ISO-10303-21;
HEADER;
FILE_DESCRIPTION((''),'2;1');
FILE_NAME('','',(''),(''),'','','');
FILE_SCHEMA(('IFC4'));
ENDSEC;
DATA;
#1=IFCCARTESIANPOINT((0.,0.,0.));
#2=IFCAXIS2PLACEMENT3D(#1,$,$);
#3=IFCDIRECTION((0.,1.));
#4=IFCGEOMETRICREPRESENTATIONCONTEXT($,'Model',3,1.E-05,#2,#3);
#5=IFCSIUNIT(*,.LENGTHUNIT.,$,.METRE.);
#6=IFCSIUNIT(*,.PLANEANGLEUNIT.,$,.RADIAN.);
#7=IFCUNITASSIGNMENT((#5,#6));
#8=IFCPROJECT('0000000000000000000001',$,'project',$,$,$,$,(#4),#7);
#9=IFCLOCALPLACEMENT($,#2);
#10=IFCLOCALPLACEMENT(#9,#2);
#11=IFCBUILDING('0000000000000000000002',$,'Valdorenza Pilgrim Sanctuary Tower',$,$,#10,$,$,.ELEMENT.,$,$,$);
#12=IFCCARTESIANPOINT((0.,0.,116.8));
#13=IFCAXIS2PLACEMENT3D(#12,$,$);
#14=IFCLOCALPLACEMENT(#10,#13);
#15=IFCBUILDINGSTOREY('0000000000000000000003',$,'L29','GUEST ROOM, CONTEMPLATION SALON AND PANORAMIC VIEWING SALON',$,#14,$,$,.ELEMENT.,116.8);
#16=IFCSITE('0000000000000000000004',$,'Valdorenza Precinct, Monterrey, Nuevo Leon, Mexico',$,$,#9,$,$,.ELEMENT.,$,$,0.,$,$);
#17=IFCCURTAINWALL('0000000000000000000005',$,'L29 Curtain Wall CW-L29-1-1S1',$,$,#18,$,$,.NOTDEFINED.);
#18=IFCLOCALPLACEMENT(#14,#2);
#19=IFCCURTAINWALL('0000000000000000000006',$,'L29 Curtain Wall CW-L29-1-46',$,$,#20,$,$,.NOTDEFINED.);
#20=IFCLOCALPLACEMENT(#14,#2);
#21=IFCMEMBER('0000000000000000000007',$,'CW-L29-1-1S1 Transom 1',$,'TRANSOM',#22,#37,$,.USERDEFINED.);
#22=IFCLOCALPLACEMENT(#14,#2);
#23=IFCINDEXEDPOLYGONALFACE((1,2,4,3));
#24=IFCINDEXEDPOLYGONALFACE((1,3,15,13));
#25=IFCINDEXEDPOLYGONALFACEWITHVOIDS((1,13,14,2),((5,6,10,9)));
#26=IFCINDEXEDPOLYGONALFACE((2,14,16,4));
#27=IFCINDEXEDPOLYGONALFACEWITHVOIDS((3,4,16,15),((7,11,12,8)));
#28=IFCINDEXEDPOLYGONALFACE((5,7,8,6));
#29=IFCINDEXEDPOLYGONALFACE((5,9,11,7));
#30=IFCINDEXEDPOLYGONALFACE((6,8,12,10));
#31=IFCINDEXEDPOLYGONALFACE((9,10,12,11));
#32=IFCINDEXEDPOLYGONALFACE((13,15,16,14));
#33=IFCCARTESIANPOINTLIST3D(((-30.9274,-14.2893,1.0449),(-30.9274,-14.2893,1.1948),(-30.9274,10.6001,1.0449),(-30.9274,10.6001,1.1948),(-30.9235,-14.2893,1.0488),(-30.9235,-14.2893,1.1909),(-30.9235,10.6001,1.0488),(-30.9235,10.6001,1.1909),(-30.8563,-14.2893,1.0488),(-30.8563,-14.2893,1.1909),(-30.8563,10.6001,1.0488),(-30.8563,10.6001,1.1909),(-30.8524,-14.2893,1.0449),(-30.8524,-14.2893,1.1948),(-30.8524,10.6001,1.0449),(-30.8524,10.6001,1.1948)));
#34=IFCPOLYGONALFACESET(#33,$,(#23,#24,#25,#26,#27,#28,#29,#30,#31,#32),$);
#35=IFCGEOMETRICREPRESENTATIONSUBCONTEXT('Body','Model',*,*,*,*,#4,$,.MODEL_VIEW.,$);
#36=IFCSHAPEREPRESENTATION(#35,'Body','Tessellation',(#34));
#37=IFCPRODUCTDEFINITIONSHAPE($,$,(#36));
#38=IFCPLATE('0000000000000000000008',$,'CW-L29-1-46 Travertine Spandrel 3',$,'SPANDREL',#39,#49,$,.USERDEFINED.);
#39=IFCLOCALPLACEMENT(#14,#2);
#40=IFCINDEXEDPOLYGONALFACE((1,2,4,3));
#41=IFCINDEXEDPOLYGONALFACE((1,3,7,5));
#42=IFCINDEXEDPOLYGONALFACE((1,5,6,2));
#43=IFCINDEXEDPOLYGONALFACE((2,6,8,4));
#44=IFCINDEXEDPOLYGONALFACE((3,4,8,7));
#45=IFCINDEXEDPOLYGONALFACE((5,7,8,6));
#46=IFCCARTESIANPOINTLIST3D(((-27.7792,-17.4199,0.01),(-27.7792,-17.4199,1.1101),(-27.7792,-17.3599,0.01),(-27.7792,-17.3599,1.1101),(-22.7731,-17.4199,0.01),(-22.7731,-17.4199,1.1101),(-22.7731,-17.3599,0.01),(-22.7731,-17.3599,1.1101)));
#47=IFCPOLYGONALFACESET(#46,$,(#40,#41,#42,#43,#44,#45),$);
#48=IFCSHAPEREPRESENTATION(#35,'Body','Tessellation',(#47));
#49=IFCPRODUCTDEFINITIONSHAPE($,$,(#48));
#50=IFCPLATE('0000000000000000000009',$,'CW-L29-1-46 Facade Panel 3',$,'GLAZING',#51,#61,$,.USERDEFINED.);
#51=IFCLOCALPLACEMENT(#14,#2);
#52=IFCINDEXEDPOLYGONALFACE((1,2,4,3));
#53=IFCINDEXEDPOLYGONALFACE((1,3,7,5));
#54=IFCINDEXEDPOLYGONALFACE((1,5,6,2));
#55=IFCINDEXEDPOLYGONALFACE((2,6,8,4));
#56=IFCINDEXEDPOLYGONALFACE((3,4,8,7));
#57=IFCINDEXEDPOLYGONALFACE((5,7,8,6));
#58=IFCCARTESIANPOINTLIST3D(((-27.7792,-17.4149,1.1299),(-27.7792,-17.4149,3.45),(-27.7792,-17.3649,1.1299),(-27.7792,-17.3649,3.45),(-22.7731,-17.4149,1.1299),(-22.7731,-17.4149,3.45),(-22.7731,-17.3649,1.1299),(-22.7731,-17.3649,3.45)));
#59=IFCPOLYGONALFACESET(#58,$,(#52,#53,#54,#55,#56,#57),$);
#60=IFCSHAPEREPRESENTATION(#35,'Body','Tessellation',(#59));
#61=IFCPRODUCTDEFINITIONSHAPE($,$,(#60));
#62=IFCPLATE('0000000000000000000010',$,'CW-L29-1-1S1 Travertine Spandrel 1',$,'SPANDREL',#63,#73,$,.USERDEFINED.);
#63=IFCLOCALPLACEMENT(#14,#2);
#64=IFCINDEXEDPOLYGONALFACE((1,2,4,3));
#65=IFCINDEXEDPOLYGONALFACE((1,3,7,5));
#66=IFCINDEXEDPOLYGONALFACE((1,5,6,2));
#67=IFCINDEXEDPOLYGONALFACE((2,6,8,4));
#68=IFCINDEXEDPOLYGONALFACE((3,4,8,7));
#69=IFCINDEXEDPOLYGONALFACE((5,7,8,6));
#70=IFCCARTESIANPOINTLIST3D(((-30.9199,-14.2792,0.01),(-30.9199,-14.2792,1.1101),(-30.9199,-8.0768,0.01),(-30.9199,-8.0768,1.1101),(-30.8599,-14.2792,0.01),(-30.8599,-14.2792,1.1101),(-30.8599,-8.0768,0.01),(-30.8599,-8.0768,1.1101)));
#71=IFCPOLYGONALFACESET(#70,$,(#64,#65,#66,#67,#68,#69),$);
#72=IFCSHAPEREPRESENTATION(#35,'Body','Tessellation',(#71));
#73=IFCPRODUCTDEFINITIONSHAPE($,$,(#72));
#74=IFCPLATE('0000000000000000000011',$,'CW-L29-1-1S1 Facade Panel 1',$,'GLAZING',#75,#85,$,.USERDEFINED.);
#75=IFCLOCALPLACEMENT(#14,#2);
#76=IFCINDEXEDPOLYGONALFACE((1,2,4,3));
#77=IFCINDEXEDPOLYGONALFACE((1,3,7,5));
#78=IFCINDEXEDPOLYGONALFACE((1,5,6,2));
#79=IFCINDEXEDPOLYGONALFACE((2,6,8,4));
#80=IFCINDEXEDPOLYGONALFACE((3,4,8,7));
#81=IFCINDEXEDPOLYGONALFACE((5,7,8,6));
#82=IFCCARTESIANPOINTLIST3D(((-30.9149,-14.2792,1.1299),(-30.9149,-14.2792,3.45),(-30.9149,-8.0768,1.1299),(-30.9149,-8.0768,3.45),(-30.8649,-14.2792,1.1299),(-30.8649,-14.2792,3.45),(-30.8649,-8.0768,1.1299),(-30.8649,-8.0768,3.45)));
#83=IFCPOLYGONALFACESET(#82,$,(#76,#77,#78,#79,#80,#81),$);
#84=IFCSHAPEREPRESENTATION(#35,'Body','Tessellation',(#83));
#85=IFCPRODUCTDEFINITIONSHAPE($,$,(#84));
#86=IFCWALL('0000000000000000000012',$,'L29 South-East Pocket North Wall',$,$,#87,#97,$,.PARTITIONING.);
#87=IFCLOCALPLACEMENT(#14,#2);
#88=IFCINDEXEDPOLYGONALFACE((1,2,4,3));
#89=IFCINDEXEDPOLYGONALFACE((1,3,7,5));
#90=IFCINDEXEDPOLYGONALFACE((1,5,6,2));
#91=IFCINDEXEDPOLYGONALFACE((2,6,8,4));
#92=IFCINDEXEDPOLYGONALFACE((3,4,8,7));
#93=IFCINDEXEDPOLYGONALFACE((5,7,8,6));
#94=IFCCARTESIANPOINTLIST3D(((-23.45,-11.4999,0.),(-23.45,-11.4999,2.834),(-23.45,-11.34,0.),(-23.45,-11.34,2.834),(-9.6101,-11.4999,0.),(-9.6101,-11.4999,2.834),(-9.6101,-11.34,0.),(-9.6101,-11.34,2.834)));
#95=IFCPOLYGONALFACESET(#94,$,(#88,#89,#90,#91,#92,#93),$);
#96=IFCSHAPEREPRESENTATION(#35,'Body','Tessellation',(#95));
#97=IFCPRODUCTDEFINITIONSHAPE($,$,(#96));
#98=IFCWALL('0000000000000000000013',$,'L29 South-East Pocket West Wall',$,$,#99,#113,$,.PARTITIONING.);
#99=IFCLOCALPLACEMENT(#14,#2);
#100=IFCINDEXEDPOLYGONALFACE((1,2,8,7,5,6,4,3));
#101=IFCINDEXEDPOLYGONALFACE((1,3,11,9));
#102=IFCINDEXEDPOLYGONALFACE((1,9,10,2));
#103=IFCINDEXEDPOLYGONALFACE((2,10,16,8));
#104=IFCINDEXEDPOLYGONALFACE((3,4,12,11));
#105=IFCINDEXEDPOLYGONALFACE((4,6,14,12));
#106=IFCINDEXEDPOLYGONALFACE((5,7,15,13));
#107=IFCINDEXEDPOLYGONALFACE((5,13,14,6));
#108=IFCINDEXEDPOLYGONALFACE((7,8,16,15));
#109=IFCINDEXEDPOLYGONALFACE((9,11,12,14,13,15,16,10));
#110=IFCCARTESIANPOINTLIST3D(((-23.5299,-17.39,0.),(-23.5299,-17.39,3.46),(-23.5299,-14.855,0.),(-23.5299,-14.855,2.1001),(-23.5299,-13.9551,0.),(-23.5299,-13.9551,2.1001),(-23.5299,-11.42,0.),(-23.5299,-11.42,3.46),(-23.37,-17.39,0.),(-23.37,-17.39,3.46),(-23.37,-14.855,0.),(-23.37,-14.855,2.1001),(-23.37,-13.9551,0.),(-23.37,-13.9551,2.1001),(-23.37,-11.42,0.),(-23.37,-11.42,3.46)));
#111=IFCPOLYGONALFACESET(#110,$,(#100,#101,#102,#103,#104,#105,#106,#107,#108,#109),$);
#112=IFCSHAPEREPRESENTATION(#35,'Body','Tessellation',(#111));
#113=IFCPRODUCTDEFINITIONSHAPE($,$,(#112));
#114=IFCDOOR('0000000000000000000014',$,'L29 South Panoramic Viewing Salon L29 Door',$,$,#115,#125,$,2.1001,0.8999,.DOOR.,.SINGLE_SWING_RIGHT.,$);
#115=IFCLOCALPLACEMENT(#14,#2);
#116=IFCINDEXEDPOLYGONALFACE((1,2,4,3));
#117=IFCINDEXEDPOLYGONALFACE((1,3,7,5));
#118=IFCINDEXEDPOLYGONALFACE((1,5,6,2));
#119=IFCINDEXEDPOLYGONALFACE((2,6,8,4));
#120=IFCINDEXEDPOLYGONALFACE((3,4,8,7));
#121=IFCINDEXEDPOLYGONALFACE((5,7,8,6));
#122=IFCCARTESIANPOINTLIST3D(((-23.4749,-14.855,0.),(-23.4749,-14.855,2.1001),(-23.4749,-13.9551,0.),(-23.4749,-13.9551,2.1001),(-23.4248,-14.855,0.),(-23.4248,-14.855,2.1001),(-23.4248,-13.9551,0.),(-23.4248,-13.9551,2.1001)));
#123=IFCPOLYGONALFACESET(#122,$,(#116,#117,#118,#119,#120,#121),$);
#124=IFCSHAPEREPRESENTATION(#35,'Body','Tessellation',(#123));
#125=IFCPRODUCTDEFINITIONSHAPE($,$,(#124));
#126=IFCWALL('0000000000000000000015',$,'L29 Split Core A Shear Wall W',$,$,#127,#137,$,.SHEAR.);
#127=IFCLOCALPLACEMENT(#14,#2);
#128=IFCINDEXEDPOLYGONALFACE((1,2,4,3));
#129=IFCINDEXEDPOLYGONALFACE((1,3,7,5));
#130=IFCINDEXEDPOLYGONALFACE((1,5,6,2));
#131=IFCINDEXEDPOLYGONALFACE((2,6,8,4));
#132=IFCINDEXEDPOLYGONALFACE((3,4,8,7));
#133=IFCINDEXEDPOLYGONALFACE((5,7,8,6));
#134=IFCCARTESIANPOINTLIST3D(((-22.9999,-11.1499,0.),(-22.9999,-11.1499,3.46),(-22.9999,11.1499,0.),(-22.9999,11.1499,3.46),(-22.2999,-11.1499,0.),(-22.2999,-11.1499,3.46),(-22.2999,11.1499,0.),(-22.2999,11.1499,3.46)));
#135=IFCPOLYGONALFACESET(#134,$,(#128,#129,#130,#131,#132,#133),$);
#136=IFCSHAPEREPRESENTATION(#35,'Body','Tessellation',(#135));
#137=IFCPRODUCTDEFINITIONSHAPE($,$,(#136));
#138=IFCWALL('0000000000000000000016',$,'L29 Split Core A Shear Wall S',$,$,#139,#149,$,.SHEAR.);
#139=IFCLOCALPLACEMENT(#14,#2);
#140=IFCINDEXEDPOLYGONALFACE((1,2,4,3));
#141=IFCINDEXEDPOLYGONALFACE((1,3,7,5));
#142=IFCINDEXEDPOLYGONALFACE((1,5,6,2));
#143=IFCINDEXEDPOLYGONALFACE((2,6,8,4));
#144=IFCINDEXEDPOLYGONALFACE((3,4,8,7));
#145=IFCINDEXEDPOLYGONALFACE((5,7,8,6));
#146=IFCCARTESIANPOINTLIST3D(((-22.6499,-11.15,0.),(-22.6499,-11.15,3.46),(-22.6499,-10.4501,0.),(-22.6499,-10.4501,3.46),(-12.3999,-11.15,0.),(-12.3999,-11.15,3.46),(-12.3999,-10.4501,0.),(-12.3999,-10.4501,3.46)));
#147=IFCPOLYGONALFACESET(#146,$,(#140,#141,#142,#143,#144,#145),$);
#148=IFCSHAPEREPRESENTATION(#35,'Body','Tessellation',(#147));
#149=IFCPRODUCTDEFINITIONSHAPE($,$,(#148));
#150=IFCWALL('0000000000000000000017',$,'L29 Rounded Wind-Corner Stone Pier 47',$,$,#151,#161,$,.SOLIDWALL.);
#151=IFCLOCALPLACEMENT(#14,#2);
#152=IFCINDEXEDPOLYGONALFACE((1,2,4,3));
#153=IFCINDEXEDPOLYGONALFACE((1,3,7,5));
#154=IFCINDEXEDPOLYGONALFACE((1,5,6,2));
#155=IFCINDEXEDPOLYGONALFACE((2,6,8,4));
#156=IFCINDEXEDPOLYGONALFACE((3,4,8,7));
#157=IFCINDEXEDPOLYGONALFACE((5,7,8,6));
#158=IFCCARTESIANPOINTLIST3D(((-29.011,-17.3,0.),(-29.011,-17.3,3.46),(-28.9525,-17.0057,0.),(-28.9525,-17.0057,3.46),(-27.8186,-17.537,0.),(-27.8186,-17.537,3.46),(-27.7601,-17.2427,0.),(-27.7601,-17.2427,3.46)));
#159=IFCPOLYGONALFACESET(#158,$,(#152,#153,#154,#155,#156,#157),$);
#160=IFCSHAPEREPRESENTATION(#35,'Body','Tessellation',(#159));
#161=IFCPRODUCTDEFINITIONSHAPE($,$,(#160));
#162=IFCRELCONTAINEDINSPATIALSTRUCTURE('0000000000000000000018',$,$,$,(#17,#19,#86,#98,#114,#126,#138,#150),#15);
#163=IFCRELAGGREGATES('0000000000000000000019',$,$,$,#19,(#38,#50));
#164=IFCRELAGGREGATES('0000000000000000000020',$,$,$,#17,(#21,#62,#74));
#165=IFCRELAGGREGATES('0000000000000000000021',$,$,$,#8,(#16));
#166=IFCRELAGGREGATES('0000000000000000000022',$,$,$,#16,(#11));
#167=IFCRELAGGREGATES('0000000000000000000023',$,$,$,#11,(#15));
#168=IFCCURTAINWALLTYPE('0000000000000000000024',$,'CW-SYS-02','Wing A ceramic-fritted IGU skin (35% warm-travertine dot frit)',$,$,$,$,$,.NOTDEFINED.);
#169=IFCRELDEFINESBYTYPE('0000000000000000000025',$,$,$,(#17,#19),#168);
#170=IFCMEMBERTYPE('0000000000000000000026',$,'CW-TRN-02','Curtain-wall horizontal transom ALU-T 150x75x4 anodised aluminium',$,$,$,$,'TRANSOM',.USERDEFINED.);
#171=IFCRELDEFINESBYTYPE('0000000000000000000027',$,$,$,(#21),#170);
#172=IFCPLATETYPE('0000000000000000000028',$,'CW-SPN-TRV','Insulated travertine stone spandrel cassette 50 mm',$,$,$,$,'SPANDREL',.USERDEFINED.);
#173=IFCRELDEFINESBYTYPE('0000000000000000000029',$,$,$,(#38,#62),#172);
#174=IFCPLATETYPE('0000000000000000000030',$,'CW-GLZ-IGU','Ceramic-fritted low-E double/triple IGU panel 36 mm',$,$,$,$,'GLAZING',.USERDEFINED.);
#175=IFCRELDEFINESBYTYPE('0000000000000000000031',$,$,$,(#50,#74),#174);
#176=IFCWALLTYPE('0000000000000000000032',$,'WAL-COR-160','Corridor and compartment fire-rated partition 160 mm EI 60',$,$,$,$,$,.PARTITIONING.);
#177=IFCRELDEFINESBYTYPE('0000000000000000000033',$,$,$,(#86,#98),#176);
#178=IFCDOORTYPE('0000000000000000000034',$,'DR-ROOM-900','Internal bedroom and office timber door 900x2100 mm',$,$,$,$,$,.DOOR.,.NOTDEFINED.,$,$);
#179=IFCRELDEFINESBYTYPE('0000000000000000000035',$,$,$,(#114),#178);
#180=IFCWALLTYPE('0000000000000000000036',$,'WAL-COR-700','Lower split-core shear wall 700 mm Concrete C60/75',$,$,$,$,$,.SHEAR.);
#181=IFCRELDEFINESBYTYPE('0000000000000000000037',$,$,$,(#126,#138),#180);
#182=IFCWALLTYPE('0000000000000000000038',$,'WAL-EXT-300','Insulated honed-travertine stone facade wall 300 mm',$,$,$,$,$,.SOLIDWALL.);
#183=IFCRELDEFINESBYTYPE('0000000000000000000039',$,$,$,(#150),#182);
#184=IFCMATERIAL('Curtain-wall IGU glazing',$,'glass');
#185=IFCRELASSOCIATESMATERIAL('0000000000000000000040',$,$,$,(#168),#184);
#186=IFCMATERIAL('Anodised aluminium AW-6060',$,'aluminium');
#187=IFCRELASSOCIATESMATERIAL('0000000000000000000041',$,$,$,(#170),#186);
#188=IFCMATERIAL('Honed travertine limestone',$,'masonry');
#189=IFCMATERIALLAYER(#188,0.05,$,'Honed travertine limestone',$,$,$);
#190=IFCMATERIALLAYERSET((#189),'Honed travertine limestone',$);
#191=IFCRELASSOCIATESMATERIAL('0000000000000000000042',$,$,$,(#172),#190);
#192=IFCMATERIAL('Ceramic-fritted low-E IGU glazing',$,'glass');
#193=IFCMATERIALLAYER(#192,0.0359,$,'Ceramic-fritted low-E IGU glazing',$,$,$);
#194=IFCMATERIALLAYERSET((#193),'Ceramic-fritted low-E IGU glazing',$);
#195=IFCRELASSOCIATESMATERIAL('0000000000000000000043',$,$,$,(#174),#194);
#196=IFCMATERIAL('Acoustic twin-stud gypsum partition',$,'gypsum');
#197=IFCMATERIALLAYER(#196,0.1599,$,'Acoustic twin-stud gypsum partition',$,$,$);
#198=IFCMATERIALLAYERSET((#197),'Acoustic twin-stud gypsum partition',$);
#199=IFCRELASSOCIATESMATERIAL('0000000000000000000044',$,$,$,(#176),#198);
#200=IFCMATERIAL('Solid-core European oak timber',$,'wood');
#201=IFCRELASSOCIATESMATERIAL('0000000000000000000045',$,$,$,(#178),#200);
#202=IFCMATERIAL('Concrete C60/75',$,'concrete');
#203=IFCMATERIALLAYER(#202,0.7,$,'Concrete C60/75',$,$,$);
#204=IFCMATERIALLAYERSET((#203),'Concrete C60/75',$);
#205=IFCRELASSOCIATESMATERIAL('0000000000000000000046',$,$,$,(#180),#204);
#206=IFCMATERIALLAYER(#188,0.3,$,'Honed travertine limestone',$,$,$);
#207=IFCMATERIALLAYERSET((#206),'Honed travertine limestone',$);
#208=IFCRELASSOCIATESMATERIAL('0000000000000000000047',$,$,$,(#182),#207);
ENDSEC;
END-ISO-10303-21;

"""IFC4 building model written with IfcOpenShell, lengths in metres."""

from ifc_helpers import new_model, si_unit, direction, frame, frame_2d, origin, origin_2d, place, context, subcontext, project, spatial, rectangle, hollow_rectangle, extrude, source, transform, mapped, material, layer, layer_set, material_profile, profile_set, type_object, element, fill, aggregate, save


model = new_model("IFC4")

# Units and contexts
model_context = context("Model", 3, precision=1e-05, world=origin(), true_north=direction((0.0, 1.0)))
body_context = subcontext(model_context, "Body", "Model", "MODEL_VIEW")
ifc_project = project(units=[si_unit("LENGTHUNIT", "METRE"), si_unit("PLANEANGLEUNIT", "RADIAN")], contexts=[model_context])

# Site, building, storey
site_placement = place(None, origin())
site = spatial("IfcSite", under=ifc_project, at=site_placement, Name="Valdorenza Precinct, Monterrey, Nuevo Leon, Mexico", CompositionType="ELEMENT", RefElevation=0.0)
building_placement = place(site_placement, origin())
building = spatial("IfcBuilding", under=site, at=building_placement, Name="Valdorenza Pilgrim Sanctuary Tower", CompositionType="ELEMENT")
storey_placement = place(building_placement, frame((0.0, 0.0, 116.8)))
storey = spatial("IfcBuildingStorey", under=building, at=storey_placement, Name="L29", Description="GUEST ROOM, CONTEMPLATION SALON AND PANORAMIC VIEWING SALON", CompositionType="ELEMENT", Elevation=116.8)

# Shared definitions
ifc_material_1 = material(Name="Concrete C60/75", Category="concrete")

# Curtain wall
ifc_material_2 = material(Name="Curtain-wall IGU glazing", Category="glass")
curtain_wall_type = type_object("IfcCurtainWallType", Name="CW-SYS-02", Description="Wing A ceramic-fritted IGU skin (35% warm-travertine dot frit)", PredefinedType="NOTDEFINED", material=ifc_material_2)
curtain_wall_1_placement = place(storey_placement, origin())
curtain_wall_1 = element("IfcCurtainWall", 1, at=curtain_wall_1_placement, inside=storey, type_object=curtain_wall_type, Name="L29 Curtain Wall CW-L29-1-1S1", PredefinedType="NOTDEFINED")
ifc_material_3 = material(Name="Anodised aluminium AW-6060", Category="aluminium")

# Curtain wall
curtain_wall_2_placement = place(storey_placement, origin())
curtain_wall_2 = element("IfcCurtainWall", 2, at=curtain_wall_2_placement, inside=storey, type_object=curtain_wall_type, Name="L29 Curtain Wall CW-L29-1-46", PredefinedType="NOTDEFINED")

# Member
ifc_material_profile_1 = material_profile(ifc_material_3, hollow_rectangle(XDim=0.075, YDim=0.1499, WallThickness=0.0039, at=origin_2d()), Name="ALU-T 150x75x4")
ifc_profile_set_1 = profile_set([ifc_material_profile_1], Name="Anodised aluminium AW-6060")
member_type_1 = type_object("IfcMemberType", Name="CW-TRN-02", Description="Curtain-wall horizontal transom ALU-T 150x75x4 anodised aluminium", ElementType="TRANSOM", PredefinedType="USERDEFINED", material=ifc_profile_set_1)
shared_shape_1 = source(origin(), body_context, "Body", "SweptSolid", [
    extrude(hollow_rectangle(XDim=0.075, YDim=0.1499, WallThickness=0.0039, at=origin_2d()), origin(), (0.0, 0.0, 1.0), 24.8894),
])
member_1_placement = place(storey_placement, frame((-30.8899, -14.2893, 1.1199), z_axis=(0.0, 1.0, 0.0), x_axis=(-1.0, 0.0, 0.0)))
member_1 = element("IfcMember", 3, at=member_1_placement, type_object=member_type_1, Name="CW-L29-1-1S1 Transom 1", ObjectType="TRANSOM", PredefinedType="USERDEFINED", context=body_context, shape_type="MappedRepresentation", body=[
    mapped(shared_shape_1, transform((0.0, 0.0, 0.0), x_axis=(1.0, 0.0, 0.0), y_axis=(0.0, 1.0, 0.0), z_axis=(0.0, 0.0, 1.0), scale=1.0)),
])

# Plates
ifc_material_4 = material(Name="Honed travertine limestone", Category="masonry")
ifc_layer_1 = layer(ifc_material_4, 0.05, Name="Honed travertine limestone")
ifc_layer_set_1 = layer_set([ifc_layer_1], Name="Honed travertine limestone")
plate_type_1 = type_object("IfcPlateType", Name="CW-SPN-TRV", Description="Insulated travertine stone spandrel cassette 50 mm", ElementType="SPANDREL", PredefinedType="USERDEFINED", material=ifc_layer_set_1)
shared_shape_2 = source(origin(), body_context, "Body", "SweptSolid", [
    extrude(rectangle(XDim=5.0061, YDim=0.0601, at=origin_2d()), origin(), (0.0, 0.0, 1.0), 1.1001),
])
plate_1_placement = place(storey_placement, frame((-25.2761, -17.3899, 0.01), z_axis=(0.0, 0.0, 1.0), x_axis=(-1.0, 0.0, 0.0)))
plate_1 = element("IfcPlate", 4, at=plate_1_placement, type_object=plate_type_1, Name="CW-L29-1-46 Travertine Spandrel 3", ObjectType="SPANDREL", PredefinedType="USERDEFINED", context=body_context, shape_type="MappedRepresentation", body=[
    mapped(shared_shape_2, transform((0.0, 0.0, 0.0), x_axis=(1.0, 0.0, 0.0), y_axis=(0.0, 1.0, 0.0), z_axis=(0.0, 0.0, 1.0), scale=1.0)),
])
ifc_material_5 = material(Name="Ceramic-fritted low-E IGU glazing", Category="glass")
ifc_layer_2 = layer(ifc_material_5, 0.0359, Name="Ceramic-fritted low-E IGU glazing")
ifc_layer_set_2 = layer_set([ifc_layer_2], Name="Ceramic-fritted low-E IGU glazing")
plate_type_2 = type_object("IfcPlateType", Name="CW-GLZ-IGU", Description="Ceramic-fritted low-E double/triple IGU panel 36 mm", ElementType="GLAZING", PredefinedType="USERDEFINED", material=ifc_layer_set_2)
shared_shape_3 = source(origin(), body_context, "Body", "SweptSolid", [
    extrude(rectangle(XDim=5.0061, YDim=0.05, at=origin_2d()), origin(), (0.0, 0.0, 1.0), 2.3201),
])
plate_2_placement = place(storey_placement, frame((-25.2761, -17.3899, 1.1299), z_axis=(0.0, 0.0, 1.0), x_axis=(-1.0, 0.0, 0.0)))
plate_2 = element("IfcPlate", 5, at=plate_2_placement, type_object=plate_type_2, Name="CW-L29-1-46 Facade Panel 3", ObjectType="GLAZING", PredefinedType="USERDEFINED", context=body_context, shape_type="MappedRepresentation", body=[
    mapped(shared_shape_3, transform((0.0, 0.0, 0.0), x_axis=(1.0, 0.0, 0.0), y_axis=(0.0, 1.0, 0.0), z_axis=(0.0, 0.0, 1.0), scale=1.0)),
])
aggregate(curtain_wall_2, [plate_1, plate_2])
shared_shape_4 = source(origin(), body_context, "Body", "SweptSolid", [
    extrude(rectangle(XDim=6.2024, YDim=0.0601, at=origin_2d()), origin(), (0.0, 0.0, 1.0), 1.1001),
])
plate_3_placement = place(storey_placement, frame((-30.8899, -11.178, 0.01), z_axis=(0.0, 0.0, 1.0), x_axis=(0.0, 1.0, 0.0)))
plate_3 = element("IfcPlate", 6, at=plate_3_placement, type_object=plate_type_1, Name="CW-L29-1-1S1 Travertine Spandrel 1", ObjectType="SPANDREL", PredefinedType="USERDEFINED", context=body_context, shape_type="MappedRepresentation", body=[
    mapped(shared_shape_4, transform((0.0, 0.0, 0.0), x_axis=(1.0, 0.0, 0.0), y_axis=(0.0, 1.0, 0.0), z_axis=(0.0, 0.0, 1.0), scale=1.0)),
])
shared_shape_5 = source(origin(), body_context, "Body", "SweptSolid", [
    extrude(rectangle(XDim=6.2024, YDim=0.05, at=origin_2d()), origin(), (0.0, 0.0, 1.0), 2.3201),
])
plate_4_placement = place(storey_placement, frame((-30.8899, -11.178, 1.1299), z_axis=(0.0, 0.0, 1.0), x_axis=(0.0, 1.0, 0.0)))
plate_4 = element("IfcPlate", 7, at=plate_4_placement, type_object=plate_type_2, Name="CW-L29-1-1S1 Facade Panel 1", ObjectType="GLAZING", PredefinedType="USERDEFINED", context=body_context, shape_type="MappedRepresentation", body=[
    mapped(shared_shape_5, transform((0.0, 0.0, 0.0), x_axis=(1.0, 0.0, 0.0), y_axis=(0.0, 1.0, 0.0), z_axis=(0.0, 0.0, 1.0), scale=1.0)),
])
aggregate(curtain_wall_1, [member_1, plate_3, plate_4])

# Wall
ifc_material_6 = material(Name="Acoustic twin-stud gypsum partition", Category="gypsum")
ifc_layer_3 = layer(ifc_material_6, 0.1599, Name="Acoustic twin-stud gypsum partition")
ifc_layer_set_3 = layer_set([ifc_layer_3], Name="Acoustic twin-stud gypsum partition")
wall_type_1 = type_object("IfcWallType", Name="WAL-COR-160", Description="Corridor and compartment fire-rated partition 160 mm EI 60", PredefinedType="PARTITIONING", material=ifc_layer_set_3)
wall_1_placement = place(storey_placement, frame((-23.45, -11.4199, 0.0), z_axis=(0.0, 0.0, 1.0), x_axis=(1.0, 0.0, 0.0)))
element("IfcWall", 8, at=wall_1_placement, inside=storey, type_object=wall_type_1, Name="L29 South-East Pocket North Wall", PredefinedType="PARTITIONING", context=body_context, shape_type="SweptSolid", body=[
    extrude(rectangle(XDim=13.8398, YDim=0.1599, at=frame_2d((6.9199, 0.0))), origin(), (0.0, 0.0, 1.0), 2.834),
])

# Wall, opening, door
wall_2_placement = place(storey_placement, frame((-23.45, -17.3899, 0.0), z_axis=(0.0, 0.0, 1.0), x_axis=(0.0, 1.0, 0.0)))
wall_2 = element("IfcWall", 9, at=wall_2_placement, inside=storey, type_object=wall_type_1, Name="L29 South-East Pocket West Wall", PredefinedType="PARTITIONING", context=body_context, shape_type="SweptSolid", body=[
    extrude(rectangle(XDim=5.97, YDim=0.1599, at=frame_2d((2.9849, 0.0))), origin(), (0.0, 0.0, 1.0), 3.46),
])
opening_1_placement = place(wall_2_placement, frame((2.5349, 0.0, 0.0)))
opening_1 = element("IfcOpeningElement", 10, at=opening_1_placement, cuts=wall_2, PredefinedType="OPENING", context=body_context, shape_type="SweptSolid", body=[
    extrude(rectangle(XDim=0.8999, YDim=2.1001, at=frame_2d((0.45, 1.05))), frame((0.0, 0.0947, 0.0), z_axis=(0.0, -1.0, 0.0), x_axis=(1.0, 0.0, 0.0)), (0.0, 0.0, 1.0), 0.1897),
])
ifc_material_7 = material(Name="Solid-core European oak timber", Category="wood")
door_type_1 = type_object("IfcDoorType", Name="DR-ROOM-900", Description="Internal bedroom and office timber door 900x2100 mm", OperationType="NOTDEFINED", PredefinedType="DOOR", material=ifc_material_7)
door_1_placement = place(opening_1_placement, origin())
door_1 = element("IfcDoor", 11, at=door_1_placement, inside=storey, type_object=door_type_1, Name="L29 South Panoramic Viewing Salon L29 Door", OperationType="SINGLE_SWING_RIGHT", OverallHeight=2.1001, OverallWidth=0.8999, PredefinedType="DOOR", context=body_context, shape_type="SweptSolid", body=[
    extrude(rectangle(XDim=0.8999, YDim=2.1001, at=frame_2d((0.45, 1.05))), frame((0.0, 0.0249, 0.0), z_axis=(0.0, -1.0, 0.0), x_axis=(1.0, 0.0, 0.0)), (0.0, 0.0, 1.0), 0.05),
])
fill(opening_1, door_1)

# Walls
ifc_layer_4 = layer(ifc_material_1, 0.7, Name="Concrete C60/75")
ifc_layer_set_4 = layer_set([ifc_layer_4], Name="Concrete C60/75")
wall_type_2 = type_object("IfcWallType", Name="WAL-COR-700", Description="Lower split-core shear wall 700 mm Concrete C60/75", PredefinedType="SHEAR", material=ifc_layer_set_4)
wall_3_placement = place(storey_placement, frame((-22.6499, -11.1499, 0.0), z_axis=(0.0, 0.0, 1.0), x_axis=(0.0, 1.0, 0.0)))
element("IfcWall", 12, at=wall_3_placement, inside=storey, type_object=wall_type_2, Name="L29 Split Core A Shear Wall W", PredefinedType="SHEAR", context=body_context, shape_type="SweptSolid", body=[
    extrude(rectangle(XDim=22.2998, YDim=0.7, at=frame_2d((11.1499, 0.0))), origin(), (0.0, 0.0, 1.0), 3.46),
])
wall_4_placement = place(storey_placement, frame((-22.6499, -10.8, 0.0), z_axis=(0.0, 0.0, 1.0), x_axis=(1.0, 0.0, 0.0)))
element("IfcWall", 13, at=wall_4_placement, inside=storey, type_object=wall_type_2, Name="L29 Split Core A Shear Wall S", PredefinedType="SHEAR", context=body_context, shape_type="SweptSolid", body=[
    extrude(rectangle(XDim=10.25, YDim=0.7, at=frame_2d((5.125, 0.0))), origin(), (0.0, 0.0, 1.0), 3.46),
])
ifc_layer_5 = layer(ifc_material_4, 0.3, Name="Honed travertine limestone")
ifc_layer_set_5 = layer_set([ifc_layer_5], Name="Honed travertine limestone")
wall_type_3 = type_object("IfcWallType", Name="WAL-EXT-300", Description="Insulated honed-travertine stone facade wall 300 mm", PredefinedType="SOLIDWALL", material=ifc_layer_set_5)
wall_5_placement = place(storey_placement, frame((-27.7893, -17.3899, 0.0), z_axis=(0.0, 0.0, 1.0), x_axis=(-0.980804, 0.194996, 0.0)))
element("IfcWall", 14, at=wall_5_placement, inside=storey, type_object=wall_type_3, Name="L29 Rounded Wind-Corner Stone Pier 47", PredefinedType="SOLIDWALL", context=body_context, shape_type="SweptSolid", body=[
    extrude(rectangle(XDim=1.2158, YDim=0.3, at=frame_2d((0.6079, 0.0))), origin(), (0.0, 0.0, 1.0), 3.46),
])

save(model, "model.ifc")
